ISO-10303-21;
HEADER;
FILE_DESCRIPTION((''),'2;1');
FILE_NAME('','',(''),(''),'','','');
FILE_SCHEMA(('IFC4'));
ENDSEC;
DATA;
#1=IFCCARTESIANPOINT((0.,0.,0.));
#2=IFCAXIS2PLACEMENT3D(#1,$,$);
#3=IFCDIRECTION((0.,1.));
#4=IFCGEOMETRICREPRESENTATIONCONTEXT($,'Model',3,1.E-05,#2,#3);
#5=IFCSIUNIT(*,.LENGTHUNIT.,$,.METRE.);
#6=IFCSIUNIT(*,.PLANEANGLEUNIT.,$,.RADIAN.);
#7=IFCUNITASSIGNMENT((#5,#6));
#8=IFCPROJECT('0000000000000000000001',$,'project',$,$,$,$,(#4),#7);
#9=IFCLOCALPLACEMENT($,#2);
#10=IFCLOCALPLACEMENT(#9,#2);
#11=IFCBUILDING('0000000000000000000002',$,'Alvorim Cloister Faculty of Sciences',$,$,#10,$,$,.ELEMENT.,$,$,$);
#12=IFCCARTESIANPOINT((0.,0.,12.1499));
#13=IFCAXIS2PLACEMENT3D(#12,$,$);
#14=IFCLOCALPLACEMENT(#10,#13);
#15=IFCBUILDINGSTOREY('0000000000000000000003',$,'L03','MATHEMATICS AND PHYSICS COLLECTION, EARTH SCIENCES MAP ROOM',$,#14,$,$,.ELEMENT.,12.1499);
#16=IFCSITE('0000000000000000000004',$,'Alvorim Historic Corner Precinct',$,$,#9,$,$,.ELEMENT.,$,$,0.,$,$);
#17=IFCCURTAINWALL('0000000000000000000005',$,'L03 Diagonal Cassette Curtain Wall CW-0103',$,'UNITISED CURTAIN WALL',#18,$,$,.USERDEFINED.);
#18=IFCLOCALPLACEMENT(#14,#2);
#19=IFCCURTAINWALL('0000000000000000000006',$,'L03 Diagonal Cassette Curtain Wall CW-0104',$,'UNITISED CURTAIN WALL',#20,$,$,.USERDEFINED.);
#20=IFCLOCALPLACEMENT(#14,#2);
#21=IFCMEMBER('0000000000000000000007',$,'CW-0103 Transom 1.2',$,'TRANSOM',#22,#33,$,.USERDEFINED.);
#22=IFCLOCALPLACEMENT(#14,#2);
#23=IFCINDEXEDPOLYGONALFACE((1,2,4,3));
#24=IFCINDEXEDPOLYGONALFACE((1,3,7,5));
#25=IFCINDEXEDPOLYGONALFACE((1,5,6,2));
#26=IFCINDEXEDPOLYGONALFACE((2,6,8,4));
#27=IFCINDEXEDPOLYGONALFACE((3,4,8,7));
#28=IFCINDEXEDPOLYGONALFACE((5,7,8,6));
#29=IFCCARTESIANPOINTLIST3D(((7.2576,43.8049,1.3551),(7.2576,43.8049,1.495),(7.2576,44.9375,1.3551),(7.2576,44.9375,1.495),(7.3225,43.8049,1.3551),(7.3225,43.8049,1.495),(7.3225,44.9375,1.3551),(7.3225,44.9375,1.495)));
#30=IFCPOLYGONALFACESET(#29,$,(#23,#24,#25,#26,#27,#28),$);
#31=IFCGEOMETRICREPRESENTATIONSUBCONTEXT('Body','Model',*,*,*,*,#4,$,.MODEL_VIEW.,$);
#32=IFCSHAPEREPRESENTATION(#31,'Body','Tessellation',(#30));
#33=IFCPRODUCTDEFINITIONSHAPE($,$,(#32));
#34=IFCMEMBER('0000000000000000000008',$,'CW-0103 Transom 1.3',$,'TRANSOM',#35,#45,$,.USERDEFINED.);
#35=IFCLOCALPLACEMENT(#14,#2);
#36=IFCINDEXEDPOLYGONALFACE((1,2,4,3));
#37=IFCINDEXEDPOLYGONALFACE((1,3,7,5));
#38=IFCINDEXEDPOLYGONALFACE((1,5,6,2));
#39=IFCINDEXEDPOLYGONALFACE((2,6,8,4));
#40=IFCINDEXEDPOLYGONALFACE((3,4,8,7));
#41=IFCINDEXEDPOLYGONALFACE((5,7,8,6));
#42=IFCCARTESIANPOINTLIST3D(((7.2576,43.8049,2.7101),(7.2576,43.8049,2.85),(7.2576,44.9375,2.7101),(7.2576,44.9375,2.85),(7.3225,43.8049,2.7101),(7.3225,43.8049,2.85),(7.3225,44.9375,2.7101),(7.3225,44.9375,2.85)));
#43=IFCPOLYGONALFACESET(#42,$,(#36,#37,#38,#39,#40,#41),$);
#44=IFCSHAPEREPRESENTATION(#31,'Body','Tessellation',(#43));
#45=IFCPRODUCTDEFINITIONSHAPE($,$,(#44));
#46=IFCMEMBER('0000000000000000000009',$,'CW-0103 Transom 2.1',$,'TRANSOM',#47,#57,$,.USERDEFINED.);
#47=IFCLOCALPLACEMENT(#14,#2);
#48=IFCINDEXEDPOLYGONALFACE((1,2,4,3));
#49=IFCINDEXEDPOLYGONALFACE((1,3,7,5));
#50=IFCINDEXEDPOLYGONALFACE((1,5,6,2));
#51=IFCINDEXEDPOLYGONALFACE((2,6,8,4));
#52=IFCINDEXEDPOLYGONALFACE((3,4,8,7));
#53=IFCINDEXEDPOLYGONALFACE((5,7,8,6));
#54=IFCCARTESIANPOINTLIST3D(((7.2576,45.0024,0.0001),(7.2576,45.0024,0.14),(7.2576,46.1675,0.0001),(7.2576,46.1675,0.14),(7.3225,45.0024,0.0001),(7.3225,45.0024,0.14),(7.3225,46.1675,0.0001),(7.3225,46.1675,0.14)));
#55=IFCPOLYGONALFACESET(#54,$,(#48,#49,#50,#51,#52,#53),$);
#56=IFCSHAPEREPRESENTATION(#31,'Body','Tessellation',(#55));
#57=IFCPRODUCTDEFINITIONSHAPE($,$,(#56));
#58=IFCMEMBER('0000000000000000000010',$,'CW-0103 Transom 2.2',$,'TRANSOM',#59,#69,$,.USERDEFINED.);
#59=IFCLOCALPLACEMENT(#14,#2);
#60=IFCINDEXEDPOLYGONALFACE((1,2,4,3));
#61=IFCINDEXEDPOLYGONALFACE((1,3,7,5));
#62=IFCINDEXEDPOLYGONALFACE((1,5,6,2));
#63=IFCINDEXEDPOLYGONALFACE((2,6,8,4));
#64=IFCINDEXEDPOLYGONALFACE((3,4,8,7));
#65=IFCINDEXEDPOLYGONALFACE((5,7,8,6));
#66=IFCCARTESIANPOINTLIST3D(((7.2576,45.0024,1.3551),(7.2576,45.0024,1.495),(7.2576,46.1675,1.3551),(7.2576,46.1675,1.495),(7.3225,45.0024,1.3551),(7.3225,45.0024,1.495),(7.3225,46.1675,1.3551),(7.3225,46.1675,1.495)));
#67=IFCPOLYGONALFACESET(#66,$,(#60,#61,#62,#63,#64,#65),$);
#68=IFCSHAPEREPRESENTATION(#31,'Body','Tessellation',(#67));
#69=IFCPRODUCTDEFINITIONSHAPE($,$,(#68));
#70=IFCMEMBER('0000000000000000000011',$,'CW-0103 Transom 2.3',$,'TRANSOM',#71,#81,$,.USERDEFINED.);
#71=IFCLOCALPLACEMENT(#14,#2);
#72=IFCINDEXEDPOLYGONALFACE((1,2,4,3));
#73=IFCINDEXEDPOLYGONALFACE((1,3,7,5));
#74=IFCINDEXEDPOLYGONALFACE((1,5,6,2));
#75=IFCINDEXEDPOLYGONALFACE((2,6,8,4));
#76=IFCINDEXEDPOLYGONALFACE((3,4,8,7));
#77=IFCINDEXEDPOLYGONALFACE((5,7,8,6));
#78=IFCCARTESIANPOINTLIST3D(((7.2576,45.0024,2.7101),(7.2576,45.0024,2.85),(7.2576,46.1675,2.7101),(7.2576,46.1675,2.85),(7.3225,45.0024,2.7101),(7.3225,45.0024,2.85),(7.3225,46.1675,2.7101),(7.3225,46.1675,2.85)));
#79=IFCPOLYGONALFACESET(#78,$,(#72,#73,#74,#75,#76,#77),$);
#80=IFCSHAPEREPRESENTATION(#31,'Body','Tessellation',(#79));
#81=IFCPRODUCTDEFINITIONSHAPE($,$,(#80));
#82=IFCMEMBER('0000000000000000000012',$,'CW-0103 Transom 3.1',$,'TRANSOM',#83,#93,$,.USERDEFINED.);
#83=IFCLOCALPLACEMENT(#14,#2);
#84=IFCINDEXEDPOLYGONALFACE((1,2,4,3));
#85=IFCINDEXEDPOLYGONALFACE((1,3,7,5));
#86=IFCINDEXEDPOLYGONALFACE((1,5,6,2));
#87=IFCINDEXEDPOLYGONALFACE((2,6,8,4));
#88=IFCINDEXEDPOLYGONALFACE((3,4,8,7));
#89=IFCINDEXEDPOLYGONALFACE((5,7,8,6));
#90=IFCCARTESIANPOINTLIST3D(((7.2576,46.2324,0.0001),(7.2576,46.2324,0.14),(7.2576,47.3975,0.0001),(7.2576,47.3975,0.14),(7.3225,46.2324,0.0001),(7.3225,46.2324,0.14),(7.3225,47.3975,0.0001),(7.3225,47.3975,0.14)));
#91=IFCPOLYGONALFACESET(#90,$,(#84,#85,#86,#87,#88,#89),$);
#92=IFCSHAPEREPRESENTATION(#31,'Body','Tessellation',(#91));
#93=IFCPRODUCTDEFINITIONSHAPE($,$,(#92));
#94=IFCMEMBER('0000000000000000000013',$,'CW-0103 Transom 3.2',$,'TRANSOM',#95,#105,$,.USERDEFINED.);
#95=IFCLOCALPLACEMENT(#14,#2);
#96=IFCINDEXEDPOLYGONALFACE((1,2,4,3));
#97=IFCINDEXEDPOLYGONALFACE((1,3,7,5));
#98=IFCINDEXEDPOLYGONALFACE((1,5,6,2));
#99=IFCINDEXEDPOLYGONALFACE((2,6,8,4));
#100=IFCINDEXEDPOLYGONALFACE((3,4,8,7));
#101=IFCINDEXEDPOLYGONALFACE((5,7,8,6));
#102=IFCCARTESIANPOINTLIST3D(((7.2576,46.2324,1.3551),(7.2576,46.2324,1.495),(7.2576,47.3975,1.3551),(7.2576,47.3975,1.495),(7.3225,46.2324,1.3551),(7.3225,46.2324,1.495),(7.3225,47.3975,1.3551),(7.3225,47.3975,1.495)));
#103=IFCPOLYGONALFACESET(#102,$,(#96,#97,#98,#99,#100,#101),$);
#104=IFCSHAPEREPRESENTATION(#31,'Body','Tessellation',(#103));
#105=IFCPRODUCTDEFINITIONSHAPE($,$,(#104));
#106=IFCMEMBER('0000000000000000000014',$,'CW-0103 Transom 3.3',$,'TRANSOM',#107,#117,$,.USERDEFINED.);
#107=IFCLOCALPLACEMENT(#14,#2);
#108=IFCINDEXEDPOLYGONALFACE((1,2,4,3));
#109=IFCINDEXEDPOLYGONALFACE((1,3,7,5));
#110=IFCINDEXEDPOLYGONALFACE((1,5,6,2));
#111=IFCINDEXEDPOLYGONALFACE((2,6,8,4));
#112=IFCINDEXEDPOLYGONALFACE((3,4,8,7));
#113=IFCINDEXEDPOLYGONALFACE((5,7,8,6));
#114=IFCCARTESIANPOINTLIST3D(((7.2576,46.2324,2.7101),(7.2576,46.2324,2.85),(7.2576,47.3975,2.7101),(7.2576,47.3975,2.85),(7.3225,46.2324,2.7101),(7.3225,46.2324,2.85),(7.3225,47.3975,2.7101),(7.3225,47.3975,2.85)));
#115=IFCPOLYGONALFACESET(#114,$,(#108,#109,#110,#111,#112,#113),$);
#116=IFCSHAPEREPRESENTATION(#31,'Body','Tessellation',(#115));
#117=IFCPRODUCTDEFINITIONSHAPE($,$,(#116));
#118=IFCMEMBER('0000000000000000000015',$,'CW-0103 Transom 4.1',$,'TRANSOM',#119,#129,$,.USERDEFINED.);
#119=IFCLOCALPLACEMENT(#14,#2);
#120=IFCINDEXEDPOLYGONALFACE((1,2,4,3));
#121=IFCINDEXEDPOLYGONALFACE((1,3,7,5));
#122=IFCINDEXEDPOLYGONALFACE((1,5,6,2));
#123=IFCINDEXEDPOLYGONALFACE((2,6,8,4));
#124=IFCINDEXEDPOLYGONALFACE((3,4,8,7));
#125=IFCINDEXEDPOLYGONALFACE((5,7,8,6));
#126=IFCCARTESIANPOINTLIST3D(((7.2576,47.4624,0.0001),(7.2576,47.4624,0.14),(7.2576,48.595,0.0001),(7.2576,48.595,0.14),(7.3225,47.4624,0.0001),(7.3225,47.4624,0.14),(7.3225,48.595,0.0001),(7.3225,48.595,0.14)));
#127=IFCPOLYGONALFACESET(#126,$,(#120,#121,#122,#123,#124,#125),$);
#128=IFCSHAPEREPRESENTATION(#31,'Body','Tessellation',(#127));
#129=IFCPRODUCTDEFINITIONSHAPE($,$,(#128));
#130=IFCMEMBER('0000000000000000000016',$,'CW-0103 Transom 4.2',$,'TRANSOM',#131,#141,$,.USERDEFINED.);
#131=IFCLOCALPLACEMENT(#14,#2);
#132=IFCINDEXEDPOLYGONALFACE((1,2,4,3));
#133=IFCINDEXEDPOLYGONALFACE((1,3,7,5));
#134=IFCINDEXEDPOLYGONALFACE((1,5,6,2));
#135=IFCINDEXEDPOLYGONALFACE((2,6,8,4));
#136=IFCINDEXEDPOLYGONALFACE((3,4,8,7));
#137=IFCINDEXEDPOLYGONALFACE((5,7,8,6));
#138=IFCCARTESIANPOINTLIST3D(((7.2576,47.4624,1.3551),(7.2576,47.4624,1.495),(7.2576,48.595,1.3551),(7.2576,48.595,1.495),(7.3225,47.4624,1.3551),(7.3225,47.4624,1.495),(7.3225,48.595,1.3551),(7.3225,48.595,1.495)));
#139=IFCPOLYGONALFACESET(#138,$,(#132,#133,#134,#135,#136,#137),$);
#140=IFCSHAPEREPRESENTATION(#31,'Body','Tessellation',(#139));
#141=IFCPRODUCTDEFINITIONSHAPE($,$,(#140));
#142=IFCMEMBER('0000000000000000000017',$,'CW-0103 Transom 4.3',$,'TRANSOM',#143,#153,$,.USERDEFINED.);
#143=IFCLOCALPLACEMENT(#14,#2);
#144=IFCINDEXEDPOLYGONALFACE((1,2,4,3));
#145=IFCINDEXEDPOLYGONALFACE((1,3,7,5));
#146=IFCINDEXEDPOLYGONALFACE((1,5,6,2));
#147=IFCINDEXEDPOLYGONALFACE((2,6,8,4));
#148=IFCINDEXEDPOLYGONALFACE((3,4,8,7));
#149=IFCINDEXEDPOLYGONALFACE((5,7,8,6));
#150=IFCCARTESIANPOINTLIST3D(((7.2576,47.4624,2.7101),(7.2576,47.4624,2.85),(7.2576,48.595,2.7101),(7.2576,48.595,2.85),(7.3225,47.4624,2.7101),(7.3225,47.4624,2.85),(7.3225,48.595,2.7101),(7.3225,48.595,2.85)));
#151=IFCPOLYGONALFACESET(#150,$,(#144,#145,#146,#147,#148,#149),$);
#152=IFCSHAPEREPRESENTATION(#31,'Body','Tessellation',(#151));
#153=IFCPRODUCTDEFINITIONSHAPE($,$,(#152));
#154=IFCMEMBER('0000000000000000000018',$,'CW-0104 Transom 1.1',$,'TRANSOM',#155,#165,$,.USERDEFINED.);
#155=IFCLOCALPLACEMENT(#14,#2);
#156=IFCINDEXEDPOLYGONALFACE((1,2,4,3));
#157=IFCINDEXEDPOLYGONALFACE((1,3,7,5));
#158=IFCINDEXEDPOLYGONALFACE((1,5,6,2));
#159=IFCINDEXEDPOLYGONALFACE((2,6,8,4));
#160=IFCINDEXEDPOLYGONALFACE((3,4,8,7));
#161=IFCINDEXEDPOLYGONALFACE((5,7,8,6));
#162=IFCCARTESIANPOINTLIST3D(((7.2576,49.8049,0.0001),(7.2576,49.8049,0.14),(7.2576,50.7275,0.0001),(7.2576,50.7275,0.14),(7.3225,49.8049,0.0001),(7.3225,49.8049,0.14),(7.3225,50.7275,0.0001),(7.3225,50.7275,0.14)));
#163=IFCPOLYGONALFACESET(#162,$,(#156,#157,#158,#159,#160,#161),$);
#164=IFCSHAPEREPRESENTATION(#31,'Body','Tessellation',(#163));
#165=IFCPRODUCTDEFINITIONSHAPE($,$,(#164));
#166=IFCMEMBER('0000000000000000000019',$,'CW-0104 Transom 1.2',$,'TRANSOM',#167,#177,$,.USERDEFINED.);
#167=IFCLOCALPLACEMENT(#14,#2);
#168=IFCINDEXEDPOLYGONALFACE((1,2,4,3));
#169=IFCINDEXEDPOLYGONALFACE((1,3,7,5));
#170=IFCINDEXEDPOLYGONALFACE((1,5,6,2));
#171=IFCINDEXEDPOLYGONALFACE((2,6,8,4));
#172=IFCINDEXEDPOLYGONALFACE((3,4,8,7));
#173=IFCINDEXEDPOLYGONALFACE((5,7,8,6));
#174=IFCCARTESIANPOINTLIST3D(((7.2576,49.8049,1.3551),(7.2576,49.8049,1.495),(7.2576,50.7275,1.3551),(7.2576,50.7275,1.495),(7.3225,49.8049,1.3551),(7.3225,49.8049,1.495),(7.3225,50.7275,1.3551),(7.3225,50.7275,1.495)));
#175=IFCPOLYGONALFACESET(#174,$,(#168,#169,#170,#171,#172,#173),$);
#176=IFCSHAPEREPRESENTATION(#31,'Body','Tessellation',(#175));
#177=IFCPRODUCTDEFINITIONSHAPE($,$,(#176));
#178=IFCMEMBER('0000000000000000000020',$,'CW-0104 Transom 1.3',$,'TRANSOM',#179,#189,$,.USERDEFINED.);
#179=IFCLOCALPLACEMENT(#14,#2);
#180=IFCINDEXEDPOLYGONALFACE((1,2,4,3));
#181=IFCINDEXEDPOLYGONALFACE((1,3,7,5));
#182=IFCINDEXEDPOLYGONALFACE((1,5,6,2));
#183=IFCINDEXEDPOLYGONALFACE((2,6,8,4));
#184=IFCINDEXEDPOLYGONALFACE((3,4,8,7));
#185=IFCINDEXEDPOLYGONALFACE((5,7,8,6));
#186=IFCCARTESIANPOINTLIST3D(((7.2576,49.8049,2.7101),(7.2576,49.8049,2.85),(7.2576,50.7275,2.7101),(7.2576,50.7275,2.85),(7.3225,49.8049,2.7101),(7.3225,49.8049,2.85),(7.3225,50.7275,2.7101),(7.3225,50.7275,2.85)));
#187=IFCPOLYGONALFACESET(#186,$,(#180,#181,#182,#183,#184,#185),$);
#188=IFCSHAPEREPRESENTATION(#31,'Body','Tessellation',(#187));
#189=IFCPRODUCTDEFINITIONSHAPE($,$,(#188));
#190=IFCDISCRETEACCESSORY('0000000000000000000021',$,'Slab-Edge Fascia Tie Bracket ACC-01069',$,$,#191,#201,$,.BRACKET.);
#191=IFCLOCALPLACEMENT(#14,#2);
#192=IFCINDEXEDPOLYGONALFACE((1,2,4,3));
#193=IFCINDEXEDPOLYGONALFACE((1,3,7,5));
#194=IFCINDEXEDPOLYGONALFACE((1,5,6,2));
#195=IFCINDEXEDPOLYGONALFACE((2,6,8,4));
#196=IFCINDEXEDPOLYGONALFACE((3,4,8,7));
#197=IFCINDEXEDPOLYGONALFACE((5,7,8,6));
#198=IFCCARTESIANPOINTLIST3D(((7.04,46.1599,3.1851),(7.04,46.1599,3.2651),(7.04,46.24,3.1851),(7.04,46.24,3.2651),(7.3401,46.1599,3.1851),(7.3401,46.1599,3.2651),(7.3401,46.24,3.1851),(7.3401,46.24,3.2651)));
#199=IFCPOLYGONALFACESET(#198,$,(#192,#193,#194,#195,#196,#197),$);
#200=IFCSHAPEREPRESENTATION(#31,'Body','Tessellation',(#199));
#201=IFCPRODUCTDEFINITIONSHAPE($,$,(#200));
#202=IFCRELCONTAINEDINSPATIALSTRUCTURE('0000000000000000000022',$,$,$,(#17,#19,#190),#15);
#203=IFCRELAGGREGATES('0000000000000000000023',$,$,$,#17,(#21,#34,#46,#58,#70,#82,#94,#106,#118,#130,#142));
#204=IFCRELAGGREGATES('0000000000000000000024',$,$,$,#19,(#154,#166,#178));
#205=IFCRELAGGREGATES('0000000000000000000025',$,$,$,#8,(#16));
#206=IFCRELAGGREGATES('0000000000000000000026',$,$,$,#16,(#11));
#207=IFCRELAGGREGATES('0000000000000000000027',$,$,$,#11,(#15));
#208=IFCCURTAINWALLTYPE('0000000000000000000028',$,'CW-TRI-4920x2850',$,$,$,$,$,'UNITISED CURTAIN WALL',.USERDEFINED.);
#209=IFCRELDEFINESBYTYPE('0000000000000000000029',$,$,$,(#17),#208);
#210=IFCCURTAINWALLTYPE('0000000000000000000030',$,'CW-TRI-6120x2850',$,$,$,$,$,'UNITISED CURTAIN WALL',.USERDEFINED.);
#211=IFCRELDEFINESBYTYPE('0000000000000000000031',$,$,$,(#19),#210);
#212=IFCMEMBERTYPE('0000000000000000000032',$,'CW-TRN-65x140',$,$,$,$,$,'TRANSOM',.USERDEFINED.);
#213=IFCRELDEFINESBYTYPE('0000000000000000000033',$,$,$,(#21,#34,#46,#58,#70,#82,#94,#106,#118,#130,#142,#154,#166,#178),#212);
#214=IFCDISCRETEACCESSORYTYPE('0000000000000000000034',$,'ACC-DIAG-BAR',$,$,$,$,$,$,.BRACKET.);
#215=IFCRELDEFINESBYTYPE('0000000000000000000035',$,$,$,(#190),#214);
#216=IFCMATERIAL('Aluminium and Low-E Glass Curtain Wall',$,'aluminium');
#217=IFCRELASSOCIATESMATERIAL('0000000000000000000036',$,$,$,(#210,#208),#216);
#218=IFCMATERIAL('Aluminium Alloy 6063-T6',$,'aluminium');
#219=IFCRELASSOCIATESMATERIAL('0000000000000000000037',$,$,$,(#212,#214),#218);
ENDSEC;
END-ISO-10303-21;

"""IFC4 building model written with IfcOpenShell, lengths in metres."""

from ifc_helpers import new_model, si_unit, direction, frame, origin, origin_2d, place, context, subcontext, project, spatial, rectangle, extrude, material, material_profile, profile_set, type_object, element, aggregate, save


model = new_model("IFC4")

# Units and contexts
model_context = context("Model", 3, precision=1e-05, world=origin(), true_north=direction((0.0, 1.0)))
body_context = subcontext(model_context, "Body", "Model", "MODEL_VIEW")
ifc_project = project(units=[si_unit("LENGTHUNIT", "METRE"), si_unit("PLANEANGLEUNIT", "RADIAN")], contexts=[model_context])

# Site, building, storey
site_placement = place(None, origin())
site = spatial("IfcSite", under=ifc_project, at=site_placement, Name="Alvorim Historic Corner Precinct", CompositionType="ELEMENT", RefElevation=0.0)
building_placement = place(site_placement, origin())
building = spatial("IfcBuilding", under=site, at=building_placement, Name="Alvorim Cloister Faculty of Sciences", CompositionType="ELEMENT")
storey_placement = place(building_placement, frame((0.0, 0.0, 12.1499)))
storey = spatial("IfcBuildingStorey", under=building, at=storey_placement, Name="L03", Description="MATHEMATICS AND PHYSICS COLLECTION, EARTH SCIENCES MAP ROOM", CompositionType="ELEMENT", Elevation=12.1499)

# Curtain walls
ifc_material_1 = material(Name="Aluminium and Low-E Glass Curtain Wall", Category="aluminium")
curtain_wall_type_1 = type_object("IfcCurtainWallType", Name="CW-TRI-6120x2850", ElementType="UNITISED CURTAIN WALL", PredefinedType="USERDEFINED", material=ifc_material_1)
ifc_material_2 = material(Name="Aluminium Alloy 6063-T6", Category="aluminium")
curtain_wall_type_2 = type_object("IfcCurtainWallType", Name="CW-TRI-4920x2850", ElementType="UNITISED CURTAIN WALL", PredefinedType="USERDEFINED", material=ifc_material_1)
curtain_wall_1_placement = place(storey_placement, origin())
curtain_wall_1 = element("IfcCurtainWall", 1, at=curtain_wall_1_placement, inside=storey, type_object=curtain_wall_type_2, Name="L03 Diagonal Cassette Curtain Wall CW-0103", ObjectType="UNITISED CURTAIN WALL", PredefinedType="USERDEFINED")
curtain_wall_2_placement = place(storey_placement, origin())
curtain_wall_2 = element("IfcCurtainWall", 2, at=curtain_wall_2_placement, inside=storey, type_object=curtain_wall_type_1, Name="L03 Diagonal Cassette Curtain Wall CW-0104", ObjectType="UNITISED CURTAIN WALL", PredefinedType="USERDEFINED")

# Members
ifc_material_profile_1 = material_profile(ifc_material_2, rectangle(XDim=0.0649, YDim=0.1399, at=origin_2d()), Name="ALU-TRN-65x140")
ifc_profile_set_1 = profile_set([ifc_material_profile_1], Name="Aluminium Alloy 6063-T6")
member_type_1 = type_object("IfcMemberType", Name="CW-TRN-65x140", ElementType="TRANSOM", PredefinedType="USERDEFINED", material=ifc_profile_set_1)
member_1_placement = place(storey_placement, frame((7.29, 43.8049, 1.425), z_axis=(0.0, 1.0, 0.0), x_axis=(-1.0, 0.0, 0.0)))
member_1 = element("IfcMember", 3, at=member_1_placement, type_object=member_type_1, Name="CW-0103 Transom 1.2", ObjectType="TRANSOM", PredefinedType="USERDEFINED", context=body_context, shape_type="SweptSolid", body=[
    extrude(rectangle(XDim=0.0649, YDim=0.1399, at=origin_2d()), origin(), (0.0, 0.0, 1.0), 1.1326),
])
member_2_placement = place(storey_placement, frame((7.29, 43.8049, 2.78), z_axis=(0.0, 1.0, 0.0), x_axis=(-1.0, 0.0, 0.0)))
member_2 = element("IfcMember", 4, at=member_2_placement, type_object=member_type_1, Name="CW-0103 Transom 1.3", ObjectType="TRANSOM", PredefinedType="USERDEFINED", context=body_context, shape_type="SweptSolid", body=[
    extrude(rectangle(XDim=0.0649, YDim=0.1399, at=origin_2d()), origin(), (0.0, 0.0, 1.0), 1.1326),
])
member_3_placement = place(storey_placement, frame((7.29, 45.0024, 0.0701), z_axis=(0.0, 1.0, 0.0), x_axis=(-1.0, 0.0, 0.0)))
member_3 = element("IfcMember", 5, at=member_3_placement, type_object=member_type_1, Name="CW-0103 Transom 2.1", ObjectType="TRANSOM", PredefinedType="USERDEFINED", context=body_context, shape_type="SweptSolid", body=[
    extrude(rectangle(XDim=0.0649, YDim=0.1399, at=origin_2d()), origin(), (0.0, 0.0, 1.0), 1.165),
])
member_4_placement = place(storey_placement, frame((7.29, 45.0024, 1.425), z_axis=(0.0, 1.0, 0.0), x_axis=(-1.0, 0.0, 0.0)))
member_4 = element("IfcMember", 6, at=member_4_placement, type_object=member_type_1, Name="CW-0103 Transom 2.2", ObjectType="TRANSOM", PredefinedType="USERDEFINED", context=body_context, shape_type="SweptSolid", body=[
    extrude(rectangle(XDim=0.0649, YDim=0.1399, at=origin_2d()), origin(), (0.0, 0.0, 1.0), 1.165),
])
member_5_placement = place(storey_placement, frame((7.29, 45.0024, 2.78), z_axis=(0.0, 1.0, 0.0), x_axis=(-1.0, 0.0, 0.0)))
member_5 = element("IfcMember", 7, at=member_5_placement, type_object=member_type_1, Name="CW-0103 Transom 2.3", ObjectType="TRANSOM", PredefinedType="USERDEFINED", context=body_context, shape_type="SweptSolid", body=[
    extrude(rectangle(XDim=0.0649, YDim=0.1399, at=origin_2d()), origin(), (0.0, 0.0, 1.0), 1.165),
])
member_6_placement = place(storey_placement, frame((7.29, 46.2324, 0.0701), z_axis=(0.0, 1.0, 0.0), x_axis=(-1.0, 0.0, 0.0)))
member_6 = element("IfcMember", 8, at=member_6_placement, type_object=member_type_1, Name="CW-0103 Transom 3.1", ObjectType="TRANSOM", PredefinedType="USERDEFINED", context=body_context, shape_type="SweptSolid", body=[
    extrude(rectangle(XDim=0.0649, YDim=0.1399, at=origin_2d()), origin(), (0.0, 0.0, 1.0), 1.165),
])
member_7_placement = place(storey_placement, frame((7.29, 46.2324, 1.425), z_axis=(0.0, 1.0, 0.0), x_axis=(-1.0, 0.0, 0.0)))
member_7 = element("IfcMember", 9, at=member_7_placement, type_object=member_type_1, Name="CW-0103 Transom 3.2", ObjectType="TRANSOM", PredefinedType="USERDEFINED", context=body_context, shape_type="SweptSolid", body=[
    extrude(rectangle(XDim=0.0649, YDim=0.1399, at=origin_2d()), origin(), (0.0, 0.0, 1.0), 1.165),
])
member_8_placement = place(storey_placement, frame((7.29, 46.2324, 2.78), z_axis=(0.0, 1.0, 0.0), x_axis=(-1.0, 0.0, 0.0)))
member_8 = element("IfcMember", 10, at=member_8_placement, type_object=member_type_1, Name="CW-0103 Transom 3.3", ObjectType="TRANSOM", PredefinedType="USERDEFINED", context=body_context, shape_type="SweptSolid", body=[
    extrude(rectangle(XDim=0.0649, YDim=0.1399, at=origin_2d()), origin(), (0.0, 0.0, 1.0), 1.165),
])
member_9_placement = place(storey_placement, frame((7.29, 47.4624, 0.0701), z_axis=(0.0, 1.0, 0.0), x_axis=(-1.0, 0.0, 0.0)))
member_9 = element("IfcMember", 11, at=member_9_placement, type_object=member_type_1, Name="CW-0103 Transom 4.1", ObjectType="TRANSOM", PredefinedType="USERDEFINED", context=body_context, shape_type="SweptSolid", body=[
    extrude(rectangle(XDim=0.0649, YDim=0.1399, at=origin_2d()), origin(), (0.0, 0.0, 1.0), 1.1326),
])
member_10_placement = place(storey_placement, frame((7.29, 47.4624, 1.425), z_axis=(0.0, 1.0, 0.0), x_axis=(-1.0, 0.0, 0.0)))
member_10 = element("IfcMember", 12, at=member_10_placement, type_object=member_type_1, Name="CW-0103 Transom 4.2", ObjectType="TRANSOM", PredefinedType="USERDEFINED", context=body_context, shape_type="SweptSolid", body=[
    extrude(rectangle(XDim=0.0649, YDim=0.1399, at=origin_2d()), origin(), (0.0, 0.0, 1.0), 1.1326),
])
member_11_placement = place(storey_placement, frame((7.29, 47.4624, 2.78), z_axis=(0.0, 1.0, 0.0), x_axis=(-1.0, 0.0, 0.0)))
member_11 = element("IfcMember", 13, at=member_11_placement, type_object=member_type_1, Name="CW-0103 Transom 4.3", ObjectType="TRANSOM", PredefinedType="USERDEFINED", context=body_context, shape_type="SweptSolid", body=[
    extrude(rectangle(XDim=0.0649, YDim=0.1399, at=origin_2d()), origin(), (0.0, 0.0, 1.0), 1.1326),
])
aggregate(curtain_wall_1, [member_1, member_2, member_3, member_4, member_5, member_6, member_7, member_8, member_9, member_10, member_11])
member_12_placement = place(storey_placement, frame((7.29, 49.8049, 0.0701), z_axis=(0.0, 1.0, 0.0), x_axis=(-1.0, 0.0, 0.0)))
member_12 = element("IfcMember", 14, at=member_12_placement, type_object=member_type_1, Name="CW-0104 Transom 1.1", ObjectType="TRANSOM", PredefinedType="USERDEFINED", context=body_context, shape_type="SweptSolid", body=[
    extrude(rectangle(XDim=0.0649, YDim=0.1399, at=origin_2d()), origin(), (0.0, 0.0, 1.0), 0.9226),
])
member_13_placement = place(storey_placement, frame((7.29, 49.8049, 1.425), z_axis=(0.0, 1.0, 0.0), x_axis=(-1.0, 0.0, 0.0)))
member_13 = element("IfcMember", 15, at=member_13_placement, type_object=member_type_1, Name="CW-0104 Transom 1.2", ObjectType="TRANSOM", PredefinedType="USERDEFINED", context=body_context, shape_type="SweptSolid", body=[
    extrude(rectangle(XDim=0.0649, YDim=0.1399, at=origin_2d()), origin(), (0.0, 0.0, 1.0), 0.9226),
])
member_14_placement = place(storey_placement, frame((7.29, 49.8049, 2.78), z_axis=(0.0, 1.0, 0.0), x_axis=(-1.0, 0.0, 0.0)))
member_14 = element("IfcMember", 16, at=member_14_placement, type_object=member_type_1, Name="CW-0104 Transom 1.3", ObjectType="TRANSOM", PredefinedType="USERDEFINED", context=body_context, shape_type="SweptSolid", body=[
    extrude(rectangle(XDim=0.0649, YDim=0.1399, at=origin_2d()), origin(), (0.0, 0.0, 1.0), 0.9226),
])
aggregate(curtain_wall_2, [member_12, member_13, member_14])

# Discrete accessory
discrete_accessory_type = type_object("IfcDiscreteAccessoryType", Name="ACC-DIAG-BAR", PredefinedType="BRACKET", material=ifc_material_2)
discrete_accessory_placement = place(storey_placement, frame((7.3401, 46.2, 3.2251), z_axis=(-1.0, 0.0, 0.0), x_axis=(0.0, -1.0, 0.0)))
element("IfcDiscreteAccessory", 17, at=discrete_accessory_placement, inside=storey, type_object=discrete_accessory_type, Name="Slab-Edge Fascia Tie Bracket ACC-01069", PredefinedType="BRACKET", context=body_context, shape_type="SweptSolid", body=[
    extrude(rectangle(XDim=0.0801, YDim=0.0801, at=origin_2d()), origin(), (0.0, 0.0, 1.0), 0.3),
])

save(model, "model.ifc")
